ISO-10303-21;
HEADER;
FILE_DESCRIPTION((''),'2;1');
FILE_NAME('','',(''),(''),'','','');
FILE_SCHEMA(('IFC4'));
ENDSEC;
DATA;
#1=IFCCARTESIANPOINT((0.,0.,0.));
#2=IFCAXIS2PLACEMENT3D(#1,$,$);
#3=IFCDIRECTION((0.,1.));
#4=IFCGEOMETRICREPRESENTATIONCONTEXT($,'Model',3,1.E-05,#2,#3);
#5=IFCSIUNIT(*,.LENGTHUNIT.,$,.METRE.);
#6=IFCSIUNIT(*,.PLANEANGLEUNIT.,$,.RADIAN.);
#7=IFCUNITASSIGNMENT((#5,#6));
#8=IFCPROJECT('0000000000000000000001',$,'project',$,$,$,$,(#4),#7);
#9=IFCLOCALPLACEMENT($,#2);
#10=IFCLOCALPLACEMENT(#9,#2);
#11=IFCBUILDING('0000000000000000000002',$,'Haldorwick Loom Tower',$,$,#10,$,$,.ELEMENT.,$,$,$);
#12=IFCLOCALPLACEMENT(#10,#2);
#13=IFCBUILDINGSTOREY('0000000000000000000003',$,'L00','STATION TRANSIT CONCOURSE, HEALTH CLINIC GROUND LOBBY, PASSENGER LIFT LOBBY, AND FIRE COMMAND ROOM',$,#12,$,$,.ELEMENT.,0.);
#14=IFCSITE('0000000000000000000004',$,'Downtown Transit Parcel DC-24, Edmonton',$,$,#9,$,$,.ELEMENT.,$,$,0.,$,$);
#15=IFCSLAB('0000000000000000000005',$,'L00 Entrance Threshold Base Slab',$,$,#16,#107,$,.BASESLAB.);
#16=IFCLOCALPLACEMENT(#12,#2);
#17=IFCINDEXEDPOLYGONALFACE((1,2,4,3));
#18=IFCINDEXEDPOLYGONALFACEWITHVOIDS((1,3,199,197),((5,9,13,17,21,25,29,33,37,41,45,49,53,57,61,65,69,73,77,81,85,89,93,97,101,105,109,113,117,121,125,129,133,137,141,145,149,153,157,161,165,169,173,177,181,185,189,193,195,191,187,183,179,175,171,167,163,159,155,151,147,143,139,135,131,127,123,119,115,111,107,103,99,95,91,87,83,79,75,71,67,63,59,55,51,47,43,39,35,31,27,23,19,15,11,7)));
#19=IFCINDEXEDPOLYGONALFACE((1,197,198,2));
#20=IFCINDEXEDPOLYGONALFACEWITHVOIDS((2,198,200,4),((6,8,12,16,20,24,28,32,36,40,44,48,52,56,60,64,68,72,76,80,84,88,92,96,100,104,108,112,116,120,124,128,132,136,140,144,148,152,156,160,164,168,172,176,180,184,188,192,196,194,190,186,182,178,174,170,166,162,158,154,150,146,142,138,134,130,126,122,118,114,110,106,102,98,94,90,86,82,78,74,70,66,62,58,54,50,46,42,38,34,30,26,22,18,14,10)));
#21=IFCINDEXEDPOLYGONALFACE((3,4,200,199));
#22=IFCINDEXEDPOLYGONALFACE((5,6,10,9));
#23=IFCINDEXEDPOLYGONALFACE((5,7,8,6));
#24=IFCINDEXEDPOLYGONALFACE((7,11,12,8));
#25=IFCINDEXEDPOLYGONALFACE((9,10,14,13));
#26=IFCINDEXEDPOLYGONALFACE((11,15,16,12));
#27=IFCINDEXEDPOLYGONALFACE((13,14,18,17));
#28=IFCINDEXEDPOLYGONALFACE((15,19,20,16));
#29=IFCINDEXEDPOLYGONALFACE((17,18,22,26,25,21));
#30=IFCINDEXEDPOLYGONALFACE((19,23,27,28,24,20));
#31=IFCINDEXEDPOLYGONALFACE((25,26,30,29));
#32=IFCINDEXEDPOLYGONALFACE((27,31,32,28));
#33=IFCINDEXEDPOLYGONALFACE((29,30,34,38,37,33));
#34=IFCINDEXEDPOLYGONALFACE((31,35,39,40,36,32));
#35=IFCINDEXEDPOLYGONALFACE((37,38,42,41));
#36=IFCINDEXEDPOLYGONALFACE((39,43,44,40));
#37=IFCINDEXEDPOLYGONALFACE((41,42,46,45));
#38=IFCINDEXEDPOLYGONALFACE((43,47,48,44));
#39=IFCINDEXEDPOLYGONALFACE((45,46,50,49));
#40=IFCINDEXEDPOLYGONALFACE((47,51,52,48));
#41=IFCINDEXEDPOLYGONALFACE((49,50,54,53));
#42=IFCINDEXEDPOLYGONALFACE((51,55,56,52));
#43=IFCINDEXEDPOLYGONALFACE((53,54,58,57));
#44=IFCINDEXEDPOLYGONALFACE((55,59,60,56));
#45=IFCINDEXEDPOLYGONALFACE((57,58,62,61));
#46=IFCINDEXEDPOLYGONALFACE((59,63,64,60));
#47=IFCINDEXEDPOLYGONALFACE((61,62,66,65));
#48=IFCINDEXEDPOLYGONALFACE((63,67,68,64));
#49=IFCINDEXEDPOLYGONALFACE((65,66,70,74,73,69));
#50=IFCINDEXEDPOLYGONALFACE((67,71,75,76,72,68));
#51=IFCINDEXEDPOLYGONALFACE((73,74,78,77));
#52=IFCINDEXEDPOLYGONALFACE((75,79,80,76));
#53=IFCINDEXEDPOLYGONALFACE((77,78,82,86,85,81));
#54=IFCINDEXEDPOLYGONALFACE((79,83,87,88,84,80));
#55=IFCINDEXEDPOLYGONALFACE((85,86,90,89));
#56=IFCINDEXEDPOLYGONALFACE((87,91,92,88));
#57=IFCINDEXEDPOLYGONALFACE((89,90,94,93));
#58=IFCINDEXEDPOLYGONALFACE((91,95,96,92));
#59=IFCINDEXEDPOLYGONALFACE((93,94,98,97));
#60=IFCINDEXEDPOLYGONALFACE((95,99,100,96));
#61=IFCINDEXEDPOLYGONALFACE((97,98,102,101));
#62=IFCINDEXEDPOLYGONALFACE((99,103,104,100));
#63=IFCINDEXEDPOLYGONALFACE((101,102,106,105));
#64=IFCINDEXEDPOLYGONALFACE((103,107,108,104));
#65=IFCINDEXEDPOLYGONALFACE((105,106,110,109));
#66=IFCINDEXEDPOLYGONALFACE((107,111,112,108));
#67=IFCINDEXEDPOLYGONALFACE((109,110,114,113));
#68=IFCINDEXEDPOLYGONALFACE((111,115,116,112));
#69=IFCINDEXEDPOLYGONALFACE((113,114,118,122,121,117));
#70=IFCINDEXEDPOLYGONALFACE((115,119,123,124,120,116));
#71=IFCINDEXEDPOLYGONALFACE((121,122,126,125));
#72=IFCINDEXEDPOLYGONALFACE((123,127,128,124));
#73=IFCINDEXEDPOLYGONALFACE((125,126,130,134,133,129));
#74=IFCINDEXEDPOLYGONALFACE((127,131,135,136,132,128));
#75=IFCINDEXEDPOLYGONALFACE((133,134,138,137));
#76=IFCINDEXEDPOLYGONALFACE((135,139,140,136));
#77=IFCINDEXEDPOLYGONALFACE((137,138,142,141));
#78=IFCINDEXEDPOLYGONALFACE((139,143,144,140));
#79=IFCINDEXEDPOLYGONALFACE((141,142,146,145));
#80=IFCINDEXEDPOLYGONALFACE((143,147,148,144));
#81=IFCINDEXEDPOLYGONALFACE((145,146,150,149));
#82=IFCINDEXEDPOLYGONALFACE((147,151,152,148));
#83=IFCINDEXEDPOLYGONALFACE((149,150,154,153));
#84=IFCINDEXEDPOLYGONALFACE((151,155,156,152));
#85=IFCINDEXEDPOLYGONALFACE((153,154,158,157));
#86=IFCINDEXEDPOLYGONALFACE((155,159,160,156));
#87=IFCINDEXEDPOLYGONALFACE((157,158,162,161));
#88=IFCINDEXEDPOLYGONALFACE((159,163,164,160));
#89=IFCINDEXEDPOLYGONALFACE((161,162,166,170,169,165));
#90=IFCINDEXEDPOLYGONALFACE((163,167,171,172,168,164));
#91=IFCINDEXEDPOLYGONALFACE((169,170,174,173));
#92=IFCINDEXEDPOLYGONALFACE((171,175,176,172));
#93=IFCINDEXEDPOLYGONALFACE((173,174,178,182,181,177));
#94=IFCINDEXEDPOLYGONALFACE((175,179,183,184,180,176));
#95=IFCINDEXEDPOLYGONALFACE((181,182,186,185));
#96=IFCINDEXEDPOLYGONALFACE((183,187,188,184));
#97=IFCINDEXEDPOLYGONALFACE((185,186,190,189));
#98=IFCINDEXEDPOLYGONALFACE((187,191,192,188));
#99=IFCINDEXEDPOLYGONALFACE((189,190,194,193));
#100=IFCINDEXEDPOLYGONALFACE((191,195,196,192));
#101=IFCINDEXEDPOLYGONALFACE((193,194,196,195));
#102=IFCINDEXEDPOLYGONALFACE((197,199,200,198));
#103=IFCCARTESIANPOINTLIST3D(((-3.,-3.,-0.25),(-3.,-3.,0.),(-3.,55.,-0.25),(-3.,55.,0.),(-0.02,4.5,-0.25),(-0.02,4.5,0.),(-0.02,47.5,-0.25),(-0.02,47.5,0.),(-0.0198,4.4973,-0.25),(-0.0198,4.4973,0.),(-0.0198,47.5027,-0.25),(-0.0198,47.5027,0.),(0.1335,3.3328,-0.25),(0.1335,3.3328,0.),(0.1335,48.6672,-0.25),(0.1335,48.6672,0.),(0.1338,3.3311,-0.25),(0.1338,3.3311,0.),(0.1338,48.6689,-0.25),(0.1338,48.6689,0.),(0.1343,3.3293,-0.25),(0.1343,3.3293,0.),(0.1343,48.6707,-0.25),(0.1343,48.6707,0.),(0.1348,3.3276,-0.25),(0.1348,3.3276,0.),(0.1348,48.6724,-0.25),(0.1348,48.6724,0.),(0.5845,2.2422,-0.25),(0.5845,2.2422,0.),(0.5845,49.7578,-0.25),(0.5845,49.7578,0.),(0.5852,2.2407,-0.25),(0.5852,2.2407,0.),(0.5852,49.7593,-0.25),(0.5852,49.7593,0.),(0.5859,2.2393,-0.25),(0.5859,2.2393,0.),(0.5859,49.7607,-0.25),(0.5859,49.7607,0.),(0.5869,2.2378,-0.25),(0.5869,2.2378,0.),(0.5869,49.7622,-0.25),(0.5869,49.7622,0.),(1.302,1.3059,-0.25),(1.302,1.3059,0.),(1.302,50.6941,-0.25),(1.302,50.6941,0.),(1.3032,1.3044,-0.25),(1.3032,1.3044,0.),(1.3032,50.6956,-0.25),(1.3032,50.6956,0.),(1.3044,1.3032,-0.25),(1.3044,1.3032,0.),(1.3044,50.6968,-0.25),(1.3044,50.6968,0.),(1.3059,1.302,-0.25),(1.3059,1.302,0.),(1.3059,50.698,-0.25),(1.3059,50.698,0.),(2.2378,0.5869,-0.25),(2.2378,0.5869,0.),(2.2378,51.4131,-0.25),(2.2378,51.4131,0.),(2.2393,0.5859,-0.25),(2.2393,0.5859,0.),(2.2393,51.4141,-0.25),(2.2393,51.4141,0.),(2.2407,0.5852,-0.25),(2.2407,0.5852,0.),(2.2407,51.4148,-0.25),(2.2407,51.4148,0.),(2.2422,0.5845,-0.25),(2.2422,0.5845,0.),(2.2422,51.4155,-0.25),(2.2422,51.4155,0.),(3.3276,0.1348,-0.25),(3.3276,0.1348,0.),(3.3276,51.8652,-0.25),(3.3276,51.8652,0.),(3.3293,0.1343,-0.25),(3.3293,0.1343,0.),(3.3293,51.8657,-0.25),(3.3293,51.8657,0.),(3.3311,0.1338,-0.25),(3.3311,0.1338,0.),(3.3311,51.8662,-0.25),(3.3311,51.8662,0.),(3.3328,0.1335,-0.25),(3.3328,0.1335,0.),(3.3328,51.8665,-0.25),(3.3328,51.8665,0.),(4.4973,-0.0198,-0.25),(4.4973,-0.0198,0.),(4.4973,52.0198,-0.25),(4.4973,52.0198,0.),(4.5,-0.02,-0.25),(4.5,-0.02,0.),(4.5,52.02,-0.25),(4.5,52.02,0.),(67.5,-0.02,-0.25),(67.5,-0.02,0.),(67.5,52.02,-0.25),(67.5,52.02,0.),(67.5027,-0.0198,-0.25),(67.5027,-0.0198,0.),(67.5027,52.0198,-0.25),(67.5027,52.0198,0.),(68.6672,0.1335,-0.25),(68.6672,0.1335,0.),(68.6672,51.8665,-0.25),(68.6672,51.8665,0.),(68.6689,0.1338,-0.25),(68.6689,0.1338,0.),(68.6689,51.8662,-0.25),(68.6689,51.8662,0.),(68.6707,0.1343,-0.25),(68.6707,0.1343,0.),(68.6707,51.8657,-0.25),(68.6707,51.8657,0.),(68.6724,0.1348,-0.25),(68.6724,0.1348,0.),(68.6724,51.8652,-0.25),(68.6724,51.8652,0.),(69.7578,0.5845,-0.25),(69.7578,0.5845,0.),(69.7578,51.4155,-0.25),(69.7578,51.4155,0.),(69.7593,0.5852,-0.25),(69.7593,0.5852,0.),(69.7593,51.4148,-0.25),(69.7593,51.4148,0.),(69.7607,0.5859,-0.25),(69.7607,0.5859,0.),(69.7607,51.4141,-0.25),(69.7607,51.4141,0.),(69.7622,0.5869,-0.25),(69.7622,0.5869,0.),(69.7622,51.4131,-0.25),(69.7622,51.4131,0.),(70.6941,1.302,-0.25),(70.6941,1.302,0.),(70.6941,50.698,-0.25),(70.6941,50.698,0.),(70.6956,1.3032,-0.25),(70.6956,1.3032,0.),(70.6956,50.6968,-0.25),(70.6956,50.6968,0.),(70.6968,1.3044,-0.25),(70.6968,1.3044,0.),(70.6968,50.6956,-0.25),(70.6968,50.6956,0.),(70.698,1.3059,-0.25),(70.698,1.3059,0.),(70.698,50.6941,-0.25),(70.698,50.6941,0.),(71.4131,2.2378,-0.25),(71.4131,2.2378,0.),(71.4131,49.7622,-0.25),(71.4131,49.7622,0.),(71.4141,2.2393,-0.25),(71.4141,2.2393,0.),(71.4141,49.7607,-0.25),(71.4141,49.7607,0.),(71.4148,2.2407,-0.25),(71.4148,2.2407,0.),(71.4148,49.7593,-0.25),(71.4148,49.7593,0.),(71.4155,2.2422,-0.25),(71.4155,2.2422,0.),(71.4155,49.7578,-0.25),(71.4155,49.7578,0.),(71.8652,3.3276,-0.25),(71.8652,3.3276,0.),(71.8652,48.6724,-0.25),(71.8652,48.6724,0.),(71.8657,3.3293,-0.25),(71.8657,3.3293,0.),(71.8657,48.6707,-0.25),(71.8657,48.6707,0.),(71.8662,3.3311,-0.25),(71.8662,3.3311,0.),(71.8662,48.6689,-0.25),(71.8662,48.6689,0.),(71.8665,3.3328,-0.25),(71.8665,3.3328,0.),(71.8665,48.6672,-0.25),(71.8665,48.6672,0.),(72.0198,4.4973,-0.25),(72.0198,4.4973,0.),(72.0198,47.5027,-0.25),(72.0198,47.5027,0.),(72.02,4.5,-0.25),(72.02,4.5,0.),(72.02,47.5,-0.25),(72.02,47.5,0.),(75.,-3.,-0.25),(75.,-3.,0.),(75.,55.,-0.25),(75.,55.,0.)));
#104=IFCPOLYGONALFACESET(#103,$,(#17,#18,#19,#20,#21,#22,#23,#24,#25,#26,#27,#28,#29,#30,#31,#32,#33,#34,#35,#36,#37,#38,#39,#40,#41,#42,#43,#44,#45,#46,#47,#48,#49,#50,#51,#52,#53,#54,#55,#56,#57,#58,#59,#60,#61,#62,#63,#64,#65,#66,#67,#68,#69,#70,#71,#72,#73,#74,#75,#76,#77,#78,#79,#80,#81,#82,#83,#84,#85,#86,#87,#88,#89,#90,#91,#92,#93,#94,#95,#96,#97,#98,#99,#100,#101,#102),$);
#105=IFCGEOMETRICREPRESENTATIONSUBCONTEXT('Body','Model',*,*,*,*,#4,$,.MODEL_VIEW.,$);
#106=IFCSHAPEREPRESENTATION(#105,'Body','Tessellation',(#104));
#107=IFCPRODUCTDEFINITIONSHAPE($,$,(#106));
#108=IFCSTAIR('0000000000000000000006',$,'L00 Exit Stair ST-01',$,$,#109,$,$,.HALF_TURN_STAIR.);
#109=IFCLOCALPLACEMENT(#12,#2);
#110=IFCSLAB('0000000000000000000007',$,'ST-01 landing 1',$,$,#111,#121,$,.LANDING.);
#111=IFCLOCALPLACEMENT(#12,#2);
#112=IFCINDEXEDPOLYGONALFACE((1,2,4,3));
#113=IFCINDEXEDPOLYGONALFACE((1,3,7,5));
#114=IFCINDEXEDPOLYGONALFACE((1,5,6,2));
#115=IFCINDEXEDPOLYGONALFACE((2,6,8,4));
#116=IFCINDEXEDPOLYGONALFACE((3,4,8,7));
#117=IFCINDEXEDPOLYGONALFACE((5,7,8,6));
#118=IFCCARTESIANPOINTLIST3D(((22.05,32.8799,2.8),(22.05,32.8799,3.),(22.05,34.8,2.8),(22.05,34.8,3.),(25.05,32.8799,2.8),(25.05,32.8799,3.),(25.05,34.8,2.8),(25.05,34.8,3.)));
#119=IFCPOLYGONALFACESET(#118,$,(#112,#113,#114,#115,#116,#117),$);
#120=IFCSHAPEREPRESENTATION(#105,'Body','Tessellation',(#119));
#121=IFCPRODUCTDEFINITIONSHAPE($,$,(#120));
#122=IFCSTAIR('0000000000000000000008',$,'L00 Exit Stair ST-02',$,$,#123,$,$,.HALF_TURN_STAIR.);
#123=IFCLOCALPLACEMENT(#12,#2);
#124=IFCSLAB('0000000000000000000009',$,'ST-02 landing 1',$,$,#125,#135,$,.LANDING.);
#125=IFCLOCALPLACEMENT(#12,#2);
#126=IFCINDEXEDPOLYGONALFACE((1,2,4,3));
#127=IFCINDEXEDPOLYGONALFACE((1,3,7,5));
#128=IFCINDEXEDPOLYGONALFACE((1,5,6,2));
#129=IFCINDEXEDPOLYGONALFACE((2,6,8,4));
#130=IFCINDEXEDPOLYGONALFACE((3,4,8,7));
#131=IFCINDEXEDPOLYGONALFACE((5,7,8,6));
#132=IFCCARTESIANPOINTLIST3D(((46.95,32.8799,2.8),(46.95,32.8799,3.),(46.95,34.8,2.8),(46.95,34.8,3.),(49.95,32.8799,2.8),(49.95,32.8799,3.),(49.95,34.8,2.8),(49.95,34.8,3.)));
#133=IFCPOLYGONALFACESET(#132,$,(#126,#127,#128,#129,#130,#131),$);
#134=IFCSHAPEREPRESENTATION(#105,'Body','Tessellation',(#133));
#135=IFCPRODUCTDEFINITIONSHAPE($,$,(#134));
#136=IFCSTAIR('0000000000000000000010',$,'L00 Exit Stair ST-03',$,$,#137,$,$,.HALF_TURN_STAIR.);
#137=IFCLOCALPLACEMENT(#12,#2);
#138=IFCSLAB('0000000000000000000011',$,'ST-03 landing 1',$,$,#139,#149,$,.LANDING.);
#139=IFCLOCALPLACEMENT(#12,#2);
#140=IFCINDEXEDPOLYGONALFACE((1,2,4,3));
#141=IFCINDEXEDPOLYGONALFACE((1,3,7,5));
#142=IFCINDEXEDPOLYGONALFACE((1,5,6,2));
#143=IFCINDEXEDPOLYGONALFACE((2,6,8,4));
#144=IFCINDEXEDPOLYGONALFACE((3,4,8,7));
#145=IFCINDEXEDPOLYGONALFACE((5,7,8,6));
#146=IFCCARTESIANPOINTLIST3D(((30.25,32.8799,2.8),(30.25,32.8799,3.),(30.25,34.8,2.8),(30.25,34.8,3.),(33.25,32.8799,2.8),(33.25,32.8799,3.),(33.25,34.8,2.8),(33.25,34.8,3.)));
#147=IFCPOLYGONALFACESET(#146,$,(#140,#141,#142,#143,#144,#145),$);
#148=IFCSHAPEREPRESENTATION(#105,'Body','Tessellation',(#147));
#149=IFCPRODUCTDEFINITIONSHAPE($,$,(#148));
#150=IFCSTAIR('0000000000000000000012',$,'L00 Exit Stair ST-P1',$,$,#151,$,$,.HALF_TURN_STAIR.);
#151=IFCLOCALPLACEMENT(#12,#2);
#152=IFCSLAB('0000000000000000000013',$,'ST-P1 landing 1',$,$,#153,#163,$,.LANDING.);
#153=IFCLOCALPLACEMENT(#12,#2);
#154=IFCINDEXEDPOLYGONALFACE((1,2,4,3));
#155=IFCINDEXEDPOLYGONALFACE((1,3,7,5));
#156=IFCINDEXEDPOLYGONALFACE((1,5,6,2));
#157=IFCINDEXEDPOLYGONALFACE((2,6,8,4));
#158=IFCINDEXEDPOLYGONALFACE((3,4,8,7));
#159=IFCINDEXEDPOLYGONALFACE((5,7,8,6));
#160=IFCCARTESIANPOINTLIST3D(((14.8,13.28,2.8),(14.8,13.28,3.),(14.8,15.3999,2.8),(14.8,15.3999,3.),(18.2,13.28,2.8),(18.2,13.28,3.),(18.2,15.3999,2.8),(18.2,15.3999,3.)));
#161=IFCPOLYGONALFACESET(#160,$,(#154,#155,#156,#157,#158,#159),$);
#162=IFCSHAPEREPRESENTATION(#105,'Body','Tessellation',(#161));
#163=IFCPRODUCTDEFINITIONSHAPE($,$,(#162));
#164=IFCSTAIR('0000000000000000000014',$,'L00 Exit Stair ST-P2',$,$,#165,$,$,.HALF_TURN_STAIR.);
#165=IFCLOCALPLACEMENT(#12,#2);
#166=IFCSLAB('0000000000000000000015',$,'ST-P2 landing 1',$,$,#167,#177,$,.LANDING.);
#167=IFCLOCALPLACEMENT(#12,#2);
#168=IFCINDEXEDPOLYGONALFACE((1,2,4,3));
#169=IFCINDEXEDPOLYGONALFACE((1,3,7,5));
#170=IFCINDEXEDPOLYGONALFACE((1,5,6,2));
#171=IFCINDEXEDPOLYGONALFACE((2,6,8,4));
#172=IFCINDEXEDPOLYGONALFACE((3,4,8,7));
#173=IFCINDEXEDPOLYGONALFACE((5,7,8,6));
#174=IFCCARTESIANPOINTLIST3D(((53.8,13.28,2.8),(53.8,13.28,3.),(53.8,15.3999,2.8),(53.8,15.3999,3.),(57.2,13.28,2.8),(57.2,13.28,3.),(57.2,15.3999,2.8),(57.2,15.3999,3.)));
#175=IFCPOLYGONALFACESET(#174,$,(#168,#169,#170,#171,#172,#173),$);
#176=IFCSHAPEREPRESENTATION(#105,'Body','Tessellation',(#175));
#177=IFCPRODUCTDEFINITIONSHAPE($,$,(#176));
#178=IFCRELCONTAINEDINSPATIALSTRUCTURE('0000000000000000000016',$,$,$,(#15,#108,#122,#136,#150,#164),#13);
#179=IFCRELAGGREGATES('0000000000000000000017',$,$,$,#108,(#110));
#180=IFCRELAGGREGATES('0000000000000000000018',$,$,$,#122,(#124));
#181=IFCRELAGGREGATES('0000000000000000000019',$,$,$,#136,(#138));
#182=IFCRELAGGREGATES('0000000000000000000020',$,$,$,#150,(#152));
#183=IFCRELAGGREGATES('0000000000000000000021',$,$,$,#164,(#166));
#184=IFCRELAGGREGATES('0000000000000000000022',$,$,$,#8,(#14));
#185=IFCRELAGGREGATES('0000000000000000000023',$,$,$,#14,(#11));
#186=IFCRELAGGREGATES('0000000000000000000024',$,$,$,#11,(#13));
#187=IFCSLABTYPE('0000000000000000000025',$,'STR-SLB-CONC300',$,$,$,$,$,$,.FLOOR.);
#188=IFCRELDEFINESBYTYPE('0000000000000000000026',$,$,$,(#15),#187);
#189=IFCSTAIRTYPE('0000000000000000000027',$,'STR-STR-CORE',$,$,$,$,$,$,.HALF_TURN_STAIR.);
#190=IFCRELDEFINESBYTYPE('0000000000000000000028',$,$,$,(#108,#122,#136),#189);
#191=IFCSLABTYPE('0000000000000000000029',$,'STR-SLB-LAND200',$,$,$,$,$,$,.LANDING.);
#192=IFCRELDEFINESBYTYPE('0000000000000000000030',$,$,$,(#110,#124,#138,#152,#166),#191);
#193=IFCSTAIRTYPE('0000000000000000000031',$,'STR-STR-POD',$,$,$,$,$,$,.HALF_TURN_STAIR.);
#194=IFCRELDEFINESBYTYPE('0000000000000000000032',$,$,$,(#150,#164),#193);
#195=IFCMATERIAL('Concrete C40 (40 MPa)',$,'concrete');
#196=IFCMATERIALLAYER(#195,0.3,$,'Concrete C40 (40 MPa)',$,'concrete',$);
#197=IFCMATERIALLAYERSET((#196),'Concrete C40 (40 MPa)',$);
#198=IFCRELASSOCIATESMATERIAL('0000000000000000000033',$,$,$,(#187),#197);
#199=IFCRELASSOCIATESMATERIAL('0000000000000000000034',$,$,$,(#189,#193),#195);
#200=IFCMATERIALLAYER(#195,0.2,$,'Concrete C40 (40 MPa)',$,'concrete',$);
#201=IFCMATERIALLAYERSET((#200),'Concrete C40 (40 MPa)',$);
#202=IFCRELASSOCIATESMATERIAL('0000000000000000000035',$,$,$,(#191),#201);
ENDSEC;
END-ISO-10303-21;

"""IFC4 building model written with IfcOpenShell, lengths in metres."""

from ifc_helpers import new_model, si_unit, direction, frame, origin, place, context, subcontext, project, spatial, polyline, outline, extrude, material, layer, layer_set, type_object, element, aggregate, save


model = new_model("IFC4")

# Units and contexts
model_context = context("Model", 3, precision=1e-05, world=origin(), true_north=direction((0.0, 1.0)))
body_context = subcontext(model_context, "Body", "Model", "MODEL_VIEW")
ifc_project = project(units=[si_unit("LENGTHUNIT", "METRE"), si_unit("PLANEANGLEUNIT", "RADIAN")], contexts=[model_context])

# Site, building, storey
site_placement = place(None, origin())
site = spatial("IfcSite", under=ifc_project, at=site_placement, Name="Downtown Transit Parcel DC-24, Edmonton", CompositionType="ELEMENT", RefElevation=0.0)
building_placement = place(site_placement, origin())
building = spatial("IfcBuilding", under=site, at=building_placement, Name="Haldorwick Loom Tower", CompositionType="ELEMENT")
storey_placement = place(building_placement, origin())
storey = spatial("IfcBuildingStorey", under=building, at=storey_placement, Name="L00", Description="STATION TRANSIT CONCOURSE, HEALTH CLINIC GROUND LOBBY, PASSENGER LIFT LOBBY, AND FIRE COMMAND ROOM", CompositionType="ELEMENT", Elevation=0.0)

# Slab
ifc_material_1 = material(Name="Concrete C40 (40 MPa)", Category="concrete")
ifc_layer_1 = layer(ifc_material_1, 0.3, Name="Concrete C40 (40 MPa)", Category="concrete")
ifc_layer_set_1 = layer_set([ifc_layer_1], Name="Concrete C40 (40 MPa)")
slab_type_1 = type_object("IfcSlabType", Name="STR-SLB-CONC300", PredefinedType="FLOOR", material=ifc_layer_set_1)
slab_1_placement = place(storey_placement, frame((0.0, 0.0, -0.25)))
element("IfcSlab", 1, at=slab_1_placement, inside=storey, type_object=slab_type_1, Name="L00 Entrance Threshold Base Slab", PredefinedType="BASESLAB", context=body_context, shape_type="SweptSolid", body=[
    extrude(outline(polyline([(-3.0, -3.0), (75.0, -3.0), (75.0, 55.0), (-3.0, 55.0), (-3.0, -3.0)]), holes=[polyline([(67.5, -0.02), (4.5, -0.02), (4.4973, -0.0198), (3.3328, 0.1335), (3.3311, 0.1338), (3.3293, 0.1343), (3.3276, 0.1348), (2.2422, 0.5845), (2.2407, 0.5852), (2.2393, 0.5859), (2.2378, 0.5869), (1.3059, 1.302), (1.3044, 1.3032), (1.3032, 1.3044), (1.302, 1.3059), (0.5869, 2.2378), (0.5859, 2.2393), (0.5852, 2.2407), (0.5845, 2.2422), (0.1348, 3.3276), (0.1343, 3.3293), (0.1338, 3.3311), (0.1335, 3.3328), (-0.0198, 4.4973), (-0.02, 4.5), (-0.02, 47.5), (-0.0198, 47.5027), (0.1335, 48.6672), (0.1338, 48.6689), (0.1343, 48.6707), (0.1348, 48.6724), (0.5845, 49.7578), (0.5852, 49.7593), (0.5859, 49.7607), (0.5869, 49.7622), (1.302, 50.6941), (1.3032, 50.6956), (1.3044, 50.6968), (1.3059, 50.698), (2.2378, 51.4131), (2.2393, 51.4141), (2.2407, 51.4148), (2.2422, 51.4155), (3.3276, 51.8652), (3.3293, 51.8657), (3.3311, 51.8662), (3.3328, 51.8665), (4.4973, 52.0198), (4.5, 52.02), (67.5, 52.02), (67.5027, 52.0198), (68.6672, 51.8665), (68.6689, 51.8662), (68.6707, 51.8657), (68.6724, 51.8652), (69.7578, 51.4155), (69.7593, 51.4148), (69.7607, 51.4141), (69.7622, 51.4131), (70.6941, 50.698), (70.6956, 50.6968), (70.6968, 50.6956), (70.698, 50.6941), (71.4131, 49.7622), (71.4141, 49.7607), (71.4148, 49.7593), (71.4155, 49.7578), (71.8652, 48.6724), (71.8657, 48.6707), (71.8662, 48.6689), (71.8665, 48.6672), (72.0198, 47.5027), (72.02, 47.5), (72.02, 4.5), (72.0198, 4.4973), (71.8665, 3.3328), (71.8662, 3.3311), (71.8657, 3.3293), (71.8652, 3.3276), (71.4155, 2.2422), (71.4148, 2.2407), (71.4141, 2.2393), (71.4131, 2.2378), (70.698, 1.3059), (70.6968, 1.3044), (70.6956, 1.3032), (70.6941, 1.302), (69.7622, 0.5869), (69.7607, 0.5859), (69.7593, 0.5852), (69.7578, 0.5845), (68.6724, 0.1348), (68.6707, 0.1343), (68.6689, 0.1338), (68.6672, 0.1335), (67.5027, -0.0198), (67.5, -0.02)])]), origin(), (0.0, 0.0, 1.0), 0.25),
])

# Stairs, slabs
stair_type_1 = type_object("IfcStairType", Name="STR-STR-CORE", PredefinedType="HALF_TURN_STAIR", material=ifc_material_1)
stair_1_placement = place(storey_placement, origin())
stair_1 = element("IfcStair", 2, at=stair_1_placement, inside=storey, type_object=stair_type_1, Name="L00 Exit Stair ST-01", PredefinedType="HALF_TURN_STAIR")
ifc_layer_2 = layer(ifc_material_1, 0.2, Name="Concrete C40 (40 MPa)", Category="concrete")
ifc_layer_set_2 = layer_set([ifc_layer_2], Name="Concrete C40 (40 MPa)")
slab_type_2 = type_object("IfcSlabType", Name="STR-SLB-LAND200", PredefinedType="LANDING", material=ifc_layer_set_2)
slab_2_placement = place(storey_placement, frame((0.0, 0.0, 2.8)))
slab_2 = element("IfcSlab", 3, at=slab_2_placement, type_object=slab_type_2, Name="ST-01 landing 1", PredefinedType="LANDING", context=body_context, shape_type="SweptSolid", body=[
    extrude(outline(polyline([(25.05, 32.8799), (25.05, 34.8), (22.05, 34.8), (22.05, 32.8799), (25.05, 32.8799)])), origin(), (0.0, 0.0, 1.0), 0.2),
])
aggregate(stair_1, [slab_2])
stair_2_placement = place(storey_placement, origin())
stair_2 = element("IfcStair", 4, at=stair_2_placement, inside=storey, type_object=stair_type_1, Name="L00 Exit Stair ST-02", PredefinedType="HALF_TURN_STAIR")
slab_3_placement = place(storey_placement, frame((0.0, 0.0, 2.8)))
slab_3 = element("IfcSlab", 5, at=slab_3_placement, type_object=slab_type_2, Name="ST-02 landing 1", PredefinedType="LANDING", context=body_context, shape_type="SweptSolid", body=[
    extrude(outline(polyline([(49.95, 32.8799), (49.95, 34.8), (46.95, 34.8), (46.95, 32.8799), (49.95, 32.8799)])), origin(), (0.0, 0.0, 1.0), 0.2),
])
aggregate(stair_2, [slab_3])
stair_3_placement = place(storey_placement, origin())
stair_3 = element("IfcStair", 6, at=stair_3_placement, inside=storey, type_object=stair_type_1, Name="L00 Exit Stair ST-03", PredefinedType="HALF_TURN_STAIR")
slab_4_placement = place(storey_placement, frame((0.0, 0.0, 2.8)))
slab_4 = element("IfcSlab", 7, at=slab_4_placement, type_object=slab_type_2, Name="ST-03 landing 1", PredefinedType="LANDING", context=body_context, shape_type="SweptSolid", body=[
    extrude(outline(polyline([(33.25, 32.8799), (33.25, 34.8), (30.25, 34.8), (30.25, 32.8799), (33.25, 32.8799)])), origin(), (0.0, 0.0, 1.0), 0.2),
])
aggregate(stair_3, [slab_4])
stair_type_2 = type_object("IfcStairType", Name="STR-STR-POD", PredefinedType="HALF_TURN_STAIR", material=ifc_material_1)
stair_4_placement = place(storey_placement, origin())
stair_4 = element("IfcStair", 8, at=stair_4_placement, inside=storey, type_object=stair_type_2, Name="L00 Exit Stair ST-P1", PredefinedType="HALF_TURN_STAIR")
slab_5_placement = place(storey_placement, frame((0.0, 0.0, 2.8)))
slab_5 = element("IfcSlab", 9, at=slab_5_placement, type_object=slab_type_2, Name="ST-P1 landing 1", PredefinedType="LANDING", context=body_context, shape_type="SweptSolid", body=[
    extrude(outline(polyline([(18.2, 13.28), (18.2, 15.3999), (14.8, 15.3999), (14.8, 13.28), (18.2, 13.28)])), origin(), (0.0, 0.0, 1.0), 0.2),
])
aggregate(stair_4, [slab_5])
stair_5_placement = place(storey_placement, origin())
stair_5 = element("IfcStair", 10, at=stair_5_placement, inside=storey, type_object=stair_type_2, Name="L00 Exit Stair ST-P2", PredefinedType="HALF_TURN_STAIR")
slab_6_placement = place(storey_placement, frame((0.0, 0.0, 2.8)))
slab_6 = element("IfcSlab", 11, at=slab_6_placement, type_object=slab_type_2, Name="ST-P2 landing 1", PredefinedType="LANDING", context=body_context, shape_type="SweptSolid", body=[
    extrude(outline(polyline([(57.2, 13.28), (57.2, 15.3999), (53.8, 15.3999), (53.8, 13.28), (57.2, 13.28)])), origin(), (0.0, 0.0, 1.0), 0.2),
])
aggregate(stair_5, [slab_6])

save(model, "model.ifc")
